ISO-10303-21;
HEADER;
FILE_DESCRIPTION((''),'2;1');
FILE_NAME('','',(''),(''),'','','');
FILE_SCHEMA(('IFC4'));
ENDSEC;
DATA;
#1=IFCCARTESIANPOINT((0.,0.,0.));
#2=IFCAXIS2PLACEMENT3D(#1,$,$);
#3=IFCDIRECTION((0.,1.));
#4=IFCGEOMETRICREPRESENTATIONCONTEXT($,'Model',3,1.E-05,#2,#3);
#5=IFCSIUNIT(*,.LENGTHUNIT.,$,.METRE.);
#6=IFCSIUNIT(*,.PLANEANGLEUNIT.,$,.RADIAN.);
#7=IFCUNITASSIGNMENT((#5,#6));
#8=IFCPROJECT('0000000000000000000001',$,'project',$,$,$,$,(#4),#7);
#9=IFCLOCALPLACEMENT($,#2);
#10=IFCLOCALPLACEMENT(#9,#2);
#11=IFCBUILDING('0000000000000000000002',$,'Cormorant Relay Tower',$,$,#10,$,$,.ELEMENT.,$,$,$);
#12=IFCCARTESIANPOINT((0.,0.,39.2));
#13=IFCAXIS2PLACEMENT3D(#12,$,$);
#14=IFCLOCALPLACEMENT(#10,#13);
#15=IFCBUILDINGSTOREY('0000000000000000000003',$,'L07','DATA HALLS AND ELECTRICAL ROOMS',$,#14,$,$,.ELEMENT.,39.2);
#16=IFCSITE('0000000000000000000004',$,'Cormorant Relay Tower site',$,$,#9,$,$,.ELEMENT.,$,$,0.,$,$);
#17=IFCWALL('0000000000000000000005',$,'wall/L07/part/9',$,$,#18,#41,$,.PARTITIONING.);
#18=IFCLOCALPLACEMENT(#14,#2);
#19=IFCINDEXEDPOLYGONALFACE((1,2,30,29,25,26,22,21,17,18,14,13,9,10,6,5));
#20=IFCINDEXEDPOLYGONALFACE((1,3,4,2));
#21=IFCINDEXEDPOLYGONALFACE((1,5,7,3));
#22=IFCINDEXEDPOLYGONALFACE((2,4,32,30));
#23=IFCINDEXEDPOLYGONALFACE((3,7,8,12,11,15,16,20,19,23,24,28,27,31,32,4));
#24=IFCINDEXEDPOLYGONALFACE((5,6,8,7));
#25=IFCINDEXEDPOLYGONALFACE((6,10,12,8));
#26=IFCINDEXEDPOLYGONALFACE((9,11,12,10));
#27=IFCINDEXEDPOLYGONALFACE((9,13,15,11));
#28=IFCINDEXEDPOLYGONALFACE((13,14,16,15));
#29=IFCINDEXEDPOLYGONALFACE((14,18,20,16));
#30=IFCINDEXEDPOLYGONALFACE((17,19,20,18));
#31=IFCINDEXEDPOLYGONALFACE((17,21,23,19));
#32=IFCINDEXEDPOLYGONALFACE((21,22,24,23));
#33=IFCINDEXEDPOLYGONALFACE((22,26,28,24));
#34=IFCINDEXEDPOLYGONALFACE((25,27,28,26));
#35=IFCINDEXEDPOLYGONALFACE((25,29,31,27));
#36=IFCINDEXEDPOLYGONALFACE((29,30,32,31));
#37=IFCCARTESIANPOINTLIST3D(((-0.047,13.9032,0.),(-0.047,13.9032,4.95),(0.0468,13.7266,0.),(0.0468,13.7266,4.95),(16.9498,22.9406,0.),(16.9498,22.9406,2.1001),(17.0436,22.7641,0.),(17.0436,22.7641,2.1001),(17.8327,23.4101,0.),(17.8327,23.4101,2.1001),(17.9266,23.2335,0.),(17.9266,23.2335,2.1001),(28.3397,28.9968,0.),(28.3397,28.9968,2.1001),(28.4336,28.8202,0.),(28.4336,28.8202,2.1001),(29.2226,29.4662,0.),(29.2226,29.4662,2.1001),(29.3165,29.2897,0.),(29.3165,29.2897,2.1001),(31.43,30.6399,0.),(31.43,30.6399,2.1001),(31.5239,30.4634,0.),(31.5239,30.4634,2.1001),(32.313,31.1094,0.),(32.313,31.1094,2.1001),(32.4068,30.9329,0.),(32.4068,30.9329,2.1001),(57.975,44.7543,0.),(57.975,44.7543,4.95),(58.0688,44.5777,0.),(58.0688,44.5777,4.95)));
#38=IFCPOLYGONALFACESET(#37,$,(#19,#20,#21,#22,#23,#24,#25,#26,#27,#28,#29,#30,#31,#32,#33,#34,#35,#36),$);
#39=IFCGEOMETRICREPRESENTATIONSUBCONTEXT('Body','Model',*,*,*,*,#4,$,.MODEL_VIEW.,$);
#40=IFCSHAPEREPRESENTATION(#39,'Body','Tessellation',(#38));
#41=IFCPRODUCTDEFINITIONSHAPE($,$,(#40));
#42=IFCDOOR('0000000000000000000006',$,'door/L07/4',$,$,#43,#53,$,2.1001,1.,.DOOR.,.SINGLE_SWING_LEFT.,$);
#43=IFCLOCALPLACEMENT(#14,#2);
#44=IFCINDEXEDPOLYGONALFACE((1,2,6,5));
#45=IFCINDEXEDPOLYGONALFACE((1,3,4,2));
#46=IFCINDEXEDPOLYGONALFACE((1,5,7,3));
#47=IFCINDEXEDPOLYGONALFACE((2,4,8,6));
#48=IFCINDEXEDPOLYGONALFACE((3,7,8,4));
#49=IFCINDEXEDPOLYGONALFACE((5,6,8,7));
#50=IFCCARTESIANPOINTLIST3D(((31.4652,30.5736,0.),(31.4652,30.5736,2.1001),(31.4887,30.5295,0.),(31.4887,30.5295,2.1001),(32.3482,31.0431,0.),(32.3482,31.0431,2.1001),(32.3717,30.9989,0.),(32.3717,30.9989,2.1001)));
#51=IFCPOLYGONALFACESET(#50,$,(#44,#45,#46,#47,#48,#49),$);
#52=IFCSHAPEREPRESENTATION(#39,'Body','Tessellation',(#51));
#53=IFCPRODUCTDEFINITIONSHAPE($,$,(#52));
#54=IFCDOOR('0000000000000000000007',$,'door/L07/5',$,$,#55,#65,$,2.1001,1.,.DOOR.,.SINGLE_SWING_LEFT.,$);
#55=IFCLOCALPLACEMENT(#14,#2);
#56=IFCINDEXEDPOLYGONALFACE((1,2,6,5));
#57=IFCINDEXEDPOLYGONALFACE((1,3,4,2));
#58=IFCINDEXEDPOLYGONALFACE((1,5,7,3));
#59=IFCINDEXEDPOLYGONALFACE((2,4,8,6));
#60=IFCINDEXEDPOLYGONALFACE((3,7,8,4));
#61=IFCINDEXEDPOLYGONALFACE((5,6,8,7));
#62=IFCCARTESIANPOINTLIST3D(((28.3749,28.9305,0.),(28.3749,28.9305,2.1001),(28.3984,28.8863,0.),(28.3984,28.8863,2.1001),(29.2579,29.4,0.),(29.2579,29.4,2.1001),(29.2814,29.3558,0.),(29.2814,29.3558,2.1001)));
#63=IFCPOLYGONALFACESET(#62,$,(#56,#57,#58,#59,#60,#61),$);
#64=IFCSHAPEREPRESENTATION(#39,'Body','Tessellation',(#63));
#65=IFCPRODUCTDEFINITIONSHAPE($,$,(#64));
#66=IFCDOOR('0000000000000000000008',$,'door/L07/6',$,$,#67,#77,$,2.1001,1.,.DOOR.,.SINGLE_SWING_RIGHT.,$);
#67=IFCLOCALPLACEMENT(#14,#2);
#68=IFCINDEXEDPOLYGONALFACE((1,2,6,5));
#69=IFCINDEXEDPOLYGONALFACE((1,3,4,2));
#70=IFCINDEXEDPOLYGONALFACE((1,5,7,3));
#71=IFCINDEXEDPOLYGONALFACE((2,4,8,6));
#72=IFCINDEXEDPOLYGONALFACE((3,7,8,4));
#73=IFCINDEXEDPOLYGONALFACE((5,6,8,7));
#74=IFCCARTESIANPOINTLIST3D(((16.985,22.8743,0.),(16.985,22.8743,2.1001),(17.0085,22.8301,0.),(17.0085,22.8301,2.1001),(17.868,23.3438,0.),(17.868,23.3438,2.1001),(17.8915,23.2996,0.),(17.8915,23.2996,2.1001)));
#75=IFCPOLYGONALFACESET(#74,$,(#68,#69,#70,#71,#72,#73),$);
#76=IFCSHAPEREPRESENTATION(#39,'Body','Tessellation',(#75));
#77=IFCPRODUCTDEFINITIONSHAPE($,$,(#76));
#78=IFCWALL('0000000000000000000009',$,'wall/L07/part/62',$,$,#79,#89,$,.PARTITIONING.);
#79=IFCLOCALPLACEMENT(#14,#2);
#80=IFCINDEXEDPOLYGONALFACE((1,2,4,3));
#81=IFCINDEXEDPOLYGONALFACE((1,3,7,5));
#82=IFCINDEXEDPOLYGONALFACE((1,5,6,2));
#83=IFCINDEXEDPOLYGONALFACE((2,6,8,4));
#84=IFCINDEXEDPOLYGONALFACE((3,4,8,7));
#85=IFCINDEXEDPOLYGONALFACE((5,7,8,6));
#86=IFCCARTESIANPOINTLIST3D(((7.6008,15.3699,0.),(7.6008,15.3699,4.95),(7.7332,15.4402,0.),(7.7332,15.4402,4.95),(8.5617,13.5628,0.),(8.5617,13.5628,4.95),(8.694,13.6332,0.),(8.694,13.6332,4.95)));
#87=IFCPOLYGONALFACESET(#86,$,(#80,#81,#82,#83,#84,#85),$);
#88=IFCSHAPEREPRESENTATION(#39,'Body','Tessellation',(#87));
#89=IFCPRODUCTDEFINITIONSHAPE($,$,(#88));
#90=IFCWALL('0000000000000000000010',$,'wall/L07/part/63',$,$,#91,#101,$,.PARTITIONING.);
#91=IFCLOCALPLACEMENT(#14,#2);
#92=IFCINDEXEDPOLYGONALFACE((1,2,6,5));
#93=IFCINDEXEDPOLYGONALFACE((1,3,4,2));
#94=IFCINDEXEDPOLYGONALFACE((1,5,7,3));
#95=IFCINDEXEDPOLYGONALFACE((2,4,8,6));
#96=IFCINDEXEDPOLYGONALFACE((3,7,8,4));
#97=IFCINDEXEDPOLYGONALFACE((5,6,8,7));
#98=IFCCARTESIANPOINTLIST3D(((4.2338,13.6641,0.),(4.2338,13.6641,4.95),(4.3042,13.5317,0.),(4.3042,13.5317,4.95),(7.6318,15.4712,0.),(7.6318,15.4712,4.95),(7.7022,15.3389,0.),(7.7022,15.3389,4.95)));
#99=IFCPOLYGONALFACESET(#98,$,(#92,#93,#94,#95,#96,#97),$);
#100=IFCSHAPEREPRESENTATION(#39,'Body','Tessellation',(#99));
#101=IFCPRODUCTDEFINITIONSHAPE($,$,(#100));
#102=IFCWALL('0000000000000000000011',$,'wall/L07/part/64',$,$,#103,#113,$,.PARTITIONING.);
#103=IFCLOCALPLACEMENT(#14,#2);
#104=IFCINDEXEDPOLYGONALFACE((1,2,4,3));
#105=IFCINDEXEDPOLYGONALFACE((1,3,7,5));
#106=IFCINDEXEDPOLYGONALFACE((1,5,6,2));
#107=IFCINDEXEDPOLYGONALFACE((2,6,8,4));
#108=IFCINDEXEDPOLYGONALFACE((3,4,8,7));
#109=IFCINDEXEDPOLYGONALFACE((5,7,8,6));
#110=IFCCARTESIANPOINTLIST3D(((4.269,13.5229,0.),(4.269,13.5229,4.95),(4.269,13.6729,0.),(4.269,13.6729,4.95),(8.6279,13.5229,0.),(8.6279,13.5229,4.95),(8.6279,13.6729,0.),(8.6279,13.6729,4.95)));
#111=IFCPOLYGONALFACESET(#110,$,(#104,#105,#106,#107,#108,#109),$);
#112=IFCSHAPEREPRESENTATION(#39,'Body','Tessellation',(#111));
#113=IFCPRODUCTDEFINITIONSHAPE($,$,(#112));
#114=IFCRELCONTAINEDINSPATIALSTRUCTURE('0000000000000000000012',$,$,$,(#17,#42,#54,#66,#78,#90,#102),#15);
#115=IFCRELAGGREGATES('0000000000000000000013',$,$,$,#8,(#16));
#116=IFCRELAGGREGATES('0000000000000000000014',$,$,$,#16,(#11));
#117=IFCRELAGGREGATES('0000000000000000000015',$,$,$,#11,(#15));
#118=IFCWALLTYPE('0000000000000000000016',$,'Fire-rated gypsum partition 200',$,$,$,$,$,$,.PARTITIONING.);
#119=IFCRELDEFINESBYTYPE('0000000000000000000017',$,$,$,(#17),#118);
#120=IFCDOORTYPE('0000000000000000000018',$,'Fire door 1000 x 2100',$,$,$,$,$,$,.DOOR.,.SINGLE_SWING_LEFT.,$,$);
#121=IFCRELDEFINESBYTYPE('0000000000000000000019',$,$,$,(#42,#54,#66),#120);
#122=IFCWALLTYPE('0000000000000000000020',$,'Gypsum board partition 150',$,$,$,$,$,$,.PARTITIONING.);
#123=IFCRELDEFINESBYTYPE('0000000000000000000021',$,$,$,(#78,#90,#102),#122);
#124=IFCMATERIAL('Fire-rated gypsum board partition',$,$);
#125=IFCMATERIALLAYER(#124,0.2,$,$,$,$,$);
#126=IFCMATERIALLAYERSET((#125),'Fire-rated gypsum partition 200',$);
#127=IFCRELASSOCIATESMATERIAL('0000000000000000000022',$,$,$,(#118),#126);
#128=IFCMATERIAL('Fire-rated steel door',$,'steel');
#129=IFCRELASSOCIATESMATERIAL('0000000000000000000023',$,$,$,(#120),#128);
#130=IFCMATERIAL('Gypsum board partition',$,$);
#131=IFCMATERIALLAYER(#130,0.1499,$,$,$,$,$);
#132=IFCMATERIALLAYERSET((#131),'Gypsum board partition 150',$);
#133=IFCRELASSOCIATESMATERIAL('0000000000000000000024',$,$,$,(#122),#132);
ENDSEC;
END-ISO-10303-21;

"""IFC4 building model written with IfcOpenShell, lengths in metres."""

from ifc_helpers import new_model, si_unit, direction, frame, frame_2d, origin, place, context, subcontext, project, spatial, rectangle, extrude, material, layer, layer_set, type_object, element, fill, save


model = new_model("IFC4")

# Units and contexts
model_context = context("Model", 3, precision=1e-05, world=origin(), true_north=direction((0.0, 1.0)))
body_context = subcontext(model_context, "Body", "Model", "MODEL_VIEW")
ifc_project = project(units=[si_unit("LENGTHUNIT", "METRE"), si_unit("PLANEANGLEUNIT", "RADIAN")], contexts=[model_context])

# Site, building, storey
site_placement = place(None, origin())
site = spatial("IfcSite", under=ifc_project, at=site_placement, Name="Cormorant Relay Tower site", CompositionType="ELEMENT", RefElevation=0.0)
building_placement = place(site_placement, origin())
building = spatial("IfcBuilding", under=site, at=building_placement, Name="Cormorant Relay Tower", CompositionType="ELEMENT")
storey_placement = place(building_placement, frame((0.0, 0.0, 39.2)))
storey = spatial("IfcBuildingStorey", under=building, at=storey_placement, Name="L07", Description="DATA HALLS AND ELECTRICAL ROOMS", CompositionType="ELEMENT", Elevation=39.2)

# Wall, openings, doors
ifc_material_1 = material(Name="Fire-rated gypsum board partition")
ifc_layer_1 = layer(ifc_material_1, 0.2)
ifc_layer_set_1 = layer_set([ifc_layer_1], Name="Fire-rated gypsum partition 200")
wall_type_1 = type_object("IfcWallType", Name="Fire-rated gypsum partition 200", PredefinedType="PARTITIONING", material=ifc_layer_set_1)
wall_1_placement = place(storey_placement, frame((0.0, 13.8149, 0.0), z_axis=(0.0, 0.0, 1.0), x_axis=(0.882946, 0.469474, 0.0)))
wall_1 = element("IfcWall", 1, at=wall_1_placement, inside=storey, type_object=wall_type_1, Name="wall/L07/part/9", PredefinedType="PARTITIONING", context=body_context, shape_type="SweptSolid", body=[
    extrude(rectangle(XDim=65.7141, YDim=0.2, at=frame_2d((32.8569, 0.0))), origin(), (0.0, 0.0, 1.0), 4.95),
])
opening_1_placement = place(wall_1_placement, frame((35.6499, 0.0, 0.0)))
opening_1 = element("IfcOpeningElement", 2, at=opening_1_placement, cuts=wall_1, PredefinedType="OPENING", context=body_context, shape_type="SweptSolid", body=[
    extrude(rectangle(XDim=1.0, YDim=2.1001, at=frame_2d((0.5, 1.05))), frame((0.0, 0.1099, 0.0), z_axis=(0.0, -1.0, 0.0), x_axis=(1.0, 0.0, 0.0)), (0.0, 0.0, 1.0), 0.22),
])
opening_2_placement = place(wall_1_placement, frame((32.1499, 0.0, 0.0)))
opening_2 = element("IfcOpeningElement", 3, at=opening_2_placement, cuts=wall_1, PredefinedType="OPENING", context=body_context, shape_type="SweptSolid", body=[
    extrude(rectangle(XDim=1.0, YDim=2.1001, at=frame_2d((0.5, 1.05))), frame((0.0, 0.1099, 0.0), z_axis=(0.0, -1.0, 0.0), x_axis=(1.0, 0.0, 0.0)), (0.0, 0.0, 1.0), 0.22),
])
opening_3_placement = place(wall_1_placement, frame((19.25, 0.0, 0.0)))
opening_3 = element("IfcOpeningElement", 4, at=opening_3_placement, cuts=wall_1, PredefinedType="OPENING", context=body_context, shape_type="SweptSolid", body=[
    extrude(rectangle(XDim=1.0, YDim=2.1001, at=frame_2d((0.5, 1.05))), frame((0.0, 0.1099, 0.0), z_axis=(0.0, -1.0, 0.0), x_axis=(1.0, 0.0, 0.0)), (0.0, 0.0, 1.0), 0.22),
])
ifc_material_2 = material(Name="Fire-rated steel door", Category="steel")
door_type_1 = type_object("IfcDoorType", Name="Fire door 1000 x 2100", OperationType="SINGLE_SWING_LEFT", PredefinedType="DOOR", material=ifc_material_2)
door_1_placement = place(opening_1_placement, origin())
door_1 = element("IfcDoor", 5, at=door_1_placement, inside=storey, type_object=door_type_1, Name="door/L07/4", OperationType="SINGLE_SWING_LEFT", OverallHeight=2.1001, OverallWidth=1.0, PredefinedType="DOOR", context=body_context, shape_type="SweptSolid", body=[
    extrude(rectangle(XDim=1.0, YDim=2.1001, at=frame_2d((0.5, 1.05))), frame((0.0, 0.0249, 0.0), z_axis=(0.0, -1.0, 0.0), x_axis=(1.0, 0.0, 0.0)), (0.0, 0.0, 1.0), 0.05),
])
fill(opening_1, door_1)
door_2_placement = place(opening_2_placement, origin())
door_2 = element("IfcDoor", 6, at=door_2_placement, inside=storey, type_object=door_type_1, Name="door/L07/5", OperationType="SINGLE_SWING_LEFT", OverallHeight=2.1001, OverallWidth=1.0, PredefinedType="DOOR", context=body_context, shape_type="SweptSolid", body=[
    extrude(rectangle(XDim=1.0, YDim=2.1001, at=frame_2d((0.5, 1.05))), frame((0.0, 0.0249, 0.0), z_axis=(0.0, -1.0, 0.0), x_axis=(1.0, 0.0, 0.0)), (0.0, 0.0, 1.0), 0.05),
])
fill(opening_2, door_2)
door_3_placement = place(opening_3_placement, origin())
door_3 = element("IfcDoor", 7, at=door_3_placement, inside=storey, type_object=door_type_1, Name="door/L07/6", OperationType="SINGLE_SWING_RIGHT", OverallHeight=2.1001, OverallWidth=1.0, PredefinedType="DOOR", context=body_context, shape_type="SweptSolid", body=[
    extrude(rectangle(XDim=1.0, YDim=2.1001, at=frame_2d((0.5, 1.05))), frame((0.0, 0.0249, 0.0), z_axis=(0.0, -1.0, 0.0), x_axis=(1.0, 0.0, 0.0)), (0.0, 0.0, 1.0), 0.05),
])
fill(opening_3, door_3)

# Walls
ifc_material_3 = material(Name="Gypsum board partition")
ifc_layer_2 = layer(ifc_material_3, 0.1499)
ifc_layer_set_2 = layer_set([ifc_layer_2], Name="Gypsum board partition 150")
wall_type_2 = type_object("IfcWallType", Name="Gypsum board partition 150", PredefinedType="PARTITIONING", material=ifc_layer_set_2)
wall_2_placement = place(storey_placement, frame((8.6279, 13.5979, 0.0), z_axis=(0.0, 0.0, 1.0), x_axis=(-0.469498, 0.882933, 0.0)))
element("IfcWall", 8, at=wall_2_placement, inside=storey, type_object=wall_type_2, Name="wall/L07/part/62", PredefinedType="PARTITIONING", context=body_context, shape_type="SweptSolid", body=[
    extrude(rectangle(XDim=2.0466, YDim=0.1499, at=frame_2d((1.0234, 0.0))), origin(), (0.0, 0.0, 1.0), 4.95),
])
wall_3_placement = place(storey_placement, frame((7.667, 15.405, 0.0), z_axis=(0.0, 0.0, 1.0), x_axis=(-0.882904, -0.469554, 0.0)))
element("IfcWall", 9, at=wall_3_placement, inside=storey, type_object=wall_type_2, Name="wall/L07/part/63", PredefinedType="PARTITIONING", context=body_context, shape_type="SweptSolid", body=[
    extrude(rectangle(XDim=3.8486, YDim=0.1499, at=frame_2d((1.9243, 0.0))), origin(), (0.0, 0.0, 1.0), 4.95),
])
wall_4_placement = place(storey_placement, frame((4.269, 13.5979, 0.0), z_axis=(0.0, 0.0, 1.0), x_axis=(1.0, 0.0, 0.0)))
element("IfcWall", 10, at=wall_4_placement, inside=storey, type_object=wall_type_2, Name="wall/L07/part/64", PredefinedType="PARTITIONING", context=body_context, shape_type="SweptSolid", body=[
    extrude(rectangle(XDim=4.3589, YDim=0.1499, at=frame_2d((2.1794, 0.0))), origin(), (0.0, 0.0, 1.0), 4.95),
])

save(model, "model.ifc")
